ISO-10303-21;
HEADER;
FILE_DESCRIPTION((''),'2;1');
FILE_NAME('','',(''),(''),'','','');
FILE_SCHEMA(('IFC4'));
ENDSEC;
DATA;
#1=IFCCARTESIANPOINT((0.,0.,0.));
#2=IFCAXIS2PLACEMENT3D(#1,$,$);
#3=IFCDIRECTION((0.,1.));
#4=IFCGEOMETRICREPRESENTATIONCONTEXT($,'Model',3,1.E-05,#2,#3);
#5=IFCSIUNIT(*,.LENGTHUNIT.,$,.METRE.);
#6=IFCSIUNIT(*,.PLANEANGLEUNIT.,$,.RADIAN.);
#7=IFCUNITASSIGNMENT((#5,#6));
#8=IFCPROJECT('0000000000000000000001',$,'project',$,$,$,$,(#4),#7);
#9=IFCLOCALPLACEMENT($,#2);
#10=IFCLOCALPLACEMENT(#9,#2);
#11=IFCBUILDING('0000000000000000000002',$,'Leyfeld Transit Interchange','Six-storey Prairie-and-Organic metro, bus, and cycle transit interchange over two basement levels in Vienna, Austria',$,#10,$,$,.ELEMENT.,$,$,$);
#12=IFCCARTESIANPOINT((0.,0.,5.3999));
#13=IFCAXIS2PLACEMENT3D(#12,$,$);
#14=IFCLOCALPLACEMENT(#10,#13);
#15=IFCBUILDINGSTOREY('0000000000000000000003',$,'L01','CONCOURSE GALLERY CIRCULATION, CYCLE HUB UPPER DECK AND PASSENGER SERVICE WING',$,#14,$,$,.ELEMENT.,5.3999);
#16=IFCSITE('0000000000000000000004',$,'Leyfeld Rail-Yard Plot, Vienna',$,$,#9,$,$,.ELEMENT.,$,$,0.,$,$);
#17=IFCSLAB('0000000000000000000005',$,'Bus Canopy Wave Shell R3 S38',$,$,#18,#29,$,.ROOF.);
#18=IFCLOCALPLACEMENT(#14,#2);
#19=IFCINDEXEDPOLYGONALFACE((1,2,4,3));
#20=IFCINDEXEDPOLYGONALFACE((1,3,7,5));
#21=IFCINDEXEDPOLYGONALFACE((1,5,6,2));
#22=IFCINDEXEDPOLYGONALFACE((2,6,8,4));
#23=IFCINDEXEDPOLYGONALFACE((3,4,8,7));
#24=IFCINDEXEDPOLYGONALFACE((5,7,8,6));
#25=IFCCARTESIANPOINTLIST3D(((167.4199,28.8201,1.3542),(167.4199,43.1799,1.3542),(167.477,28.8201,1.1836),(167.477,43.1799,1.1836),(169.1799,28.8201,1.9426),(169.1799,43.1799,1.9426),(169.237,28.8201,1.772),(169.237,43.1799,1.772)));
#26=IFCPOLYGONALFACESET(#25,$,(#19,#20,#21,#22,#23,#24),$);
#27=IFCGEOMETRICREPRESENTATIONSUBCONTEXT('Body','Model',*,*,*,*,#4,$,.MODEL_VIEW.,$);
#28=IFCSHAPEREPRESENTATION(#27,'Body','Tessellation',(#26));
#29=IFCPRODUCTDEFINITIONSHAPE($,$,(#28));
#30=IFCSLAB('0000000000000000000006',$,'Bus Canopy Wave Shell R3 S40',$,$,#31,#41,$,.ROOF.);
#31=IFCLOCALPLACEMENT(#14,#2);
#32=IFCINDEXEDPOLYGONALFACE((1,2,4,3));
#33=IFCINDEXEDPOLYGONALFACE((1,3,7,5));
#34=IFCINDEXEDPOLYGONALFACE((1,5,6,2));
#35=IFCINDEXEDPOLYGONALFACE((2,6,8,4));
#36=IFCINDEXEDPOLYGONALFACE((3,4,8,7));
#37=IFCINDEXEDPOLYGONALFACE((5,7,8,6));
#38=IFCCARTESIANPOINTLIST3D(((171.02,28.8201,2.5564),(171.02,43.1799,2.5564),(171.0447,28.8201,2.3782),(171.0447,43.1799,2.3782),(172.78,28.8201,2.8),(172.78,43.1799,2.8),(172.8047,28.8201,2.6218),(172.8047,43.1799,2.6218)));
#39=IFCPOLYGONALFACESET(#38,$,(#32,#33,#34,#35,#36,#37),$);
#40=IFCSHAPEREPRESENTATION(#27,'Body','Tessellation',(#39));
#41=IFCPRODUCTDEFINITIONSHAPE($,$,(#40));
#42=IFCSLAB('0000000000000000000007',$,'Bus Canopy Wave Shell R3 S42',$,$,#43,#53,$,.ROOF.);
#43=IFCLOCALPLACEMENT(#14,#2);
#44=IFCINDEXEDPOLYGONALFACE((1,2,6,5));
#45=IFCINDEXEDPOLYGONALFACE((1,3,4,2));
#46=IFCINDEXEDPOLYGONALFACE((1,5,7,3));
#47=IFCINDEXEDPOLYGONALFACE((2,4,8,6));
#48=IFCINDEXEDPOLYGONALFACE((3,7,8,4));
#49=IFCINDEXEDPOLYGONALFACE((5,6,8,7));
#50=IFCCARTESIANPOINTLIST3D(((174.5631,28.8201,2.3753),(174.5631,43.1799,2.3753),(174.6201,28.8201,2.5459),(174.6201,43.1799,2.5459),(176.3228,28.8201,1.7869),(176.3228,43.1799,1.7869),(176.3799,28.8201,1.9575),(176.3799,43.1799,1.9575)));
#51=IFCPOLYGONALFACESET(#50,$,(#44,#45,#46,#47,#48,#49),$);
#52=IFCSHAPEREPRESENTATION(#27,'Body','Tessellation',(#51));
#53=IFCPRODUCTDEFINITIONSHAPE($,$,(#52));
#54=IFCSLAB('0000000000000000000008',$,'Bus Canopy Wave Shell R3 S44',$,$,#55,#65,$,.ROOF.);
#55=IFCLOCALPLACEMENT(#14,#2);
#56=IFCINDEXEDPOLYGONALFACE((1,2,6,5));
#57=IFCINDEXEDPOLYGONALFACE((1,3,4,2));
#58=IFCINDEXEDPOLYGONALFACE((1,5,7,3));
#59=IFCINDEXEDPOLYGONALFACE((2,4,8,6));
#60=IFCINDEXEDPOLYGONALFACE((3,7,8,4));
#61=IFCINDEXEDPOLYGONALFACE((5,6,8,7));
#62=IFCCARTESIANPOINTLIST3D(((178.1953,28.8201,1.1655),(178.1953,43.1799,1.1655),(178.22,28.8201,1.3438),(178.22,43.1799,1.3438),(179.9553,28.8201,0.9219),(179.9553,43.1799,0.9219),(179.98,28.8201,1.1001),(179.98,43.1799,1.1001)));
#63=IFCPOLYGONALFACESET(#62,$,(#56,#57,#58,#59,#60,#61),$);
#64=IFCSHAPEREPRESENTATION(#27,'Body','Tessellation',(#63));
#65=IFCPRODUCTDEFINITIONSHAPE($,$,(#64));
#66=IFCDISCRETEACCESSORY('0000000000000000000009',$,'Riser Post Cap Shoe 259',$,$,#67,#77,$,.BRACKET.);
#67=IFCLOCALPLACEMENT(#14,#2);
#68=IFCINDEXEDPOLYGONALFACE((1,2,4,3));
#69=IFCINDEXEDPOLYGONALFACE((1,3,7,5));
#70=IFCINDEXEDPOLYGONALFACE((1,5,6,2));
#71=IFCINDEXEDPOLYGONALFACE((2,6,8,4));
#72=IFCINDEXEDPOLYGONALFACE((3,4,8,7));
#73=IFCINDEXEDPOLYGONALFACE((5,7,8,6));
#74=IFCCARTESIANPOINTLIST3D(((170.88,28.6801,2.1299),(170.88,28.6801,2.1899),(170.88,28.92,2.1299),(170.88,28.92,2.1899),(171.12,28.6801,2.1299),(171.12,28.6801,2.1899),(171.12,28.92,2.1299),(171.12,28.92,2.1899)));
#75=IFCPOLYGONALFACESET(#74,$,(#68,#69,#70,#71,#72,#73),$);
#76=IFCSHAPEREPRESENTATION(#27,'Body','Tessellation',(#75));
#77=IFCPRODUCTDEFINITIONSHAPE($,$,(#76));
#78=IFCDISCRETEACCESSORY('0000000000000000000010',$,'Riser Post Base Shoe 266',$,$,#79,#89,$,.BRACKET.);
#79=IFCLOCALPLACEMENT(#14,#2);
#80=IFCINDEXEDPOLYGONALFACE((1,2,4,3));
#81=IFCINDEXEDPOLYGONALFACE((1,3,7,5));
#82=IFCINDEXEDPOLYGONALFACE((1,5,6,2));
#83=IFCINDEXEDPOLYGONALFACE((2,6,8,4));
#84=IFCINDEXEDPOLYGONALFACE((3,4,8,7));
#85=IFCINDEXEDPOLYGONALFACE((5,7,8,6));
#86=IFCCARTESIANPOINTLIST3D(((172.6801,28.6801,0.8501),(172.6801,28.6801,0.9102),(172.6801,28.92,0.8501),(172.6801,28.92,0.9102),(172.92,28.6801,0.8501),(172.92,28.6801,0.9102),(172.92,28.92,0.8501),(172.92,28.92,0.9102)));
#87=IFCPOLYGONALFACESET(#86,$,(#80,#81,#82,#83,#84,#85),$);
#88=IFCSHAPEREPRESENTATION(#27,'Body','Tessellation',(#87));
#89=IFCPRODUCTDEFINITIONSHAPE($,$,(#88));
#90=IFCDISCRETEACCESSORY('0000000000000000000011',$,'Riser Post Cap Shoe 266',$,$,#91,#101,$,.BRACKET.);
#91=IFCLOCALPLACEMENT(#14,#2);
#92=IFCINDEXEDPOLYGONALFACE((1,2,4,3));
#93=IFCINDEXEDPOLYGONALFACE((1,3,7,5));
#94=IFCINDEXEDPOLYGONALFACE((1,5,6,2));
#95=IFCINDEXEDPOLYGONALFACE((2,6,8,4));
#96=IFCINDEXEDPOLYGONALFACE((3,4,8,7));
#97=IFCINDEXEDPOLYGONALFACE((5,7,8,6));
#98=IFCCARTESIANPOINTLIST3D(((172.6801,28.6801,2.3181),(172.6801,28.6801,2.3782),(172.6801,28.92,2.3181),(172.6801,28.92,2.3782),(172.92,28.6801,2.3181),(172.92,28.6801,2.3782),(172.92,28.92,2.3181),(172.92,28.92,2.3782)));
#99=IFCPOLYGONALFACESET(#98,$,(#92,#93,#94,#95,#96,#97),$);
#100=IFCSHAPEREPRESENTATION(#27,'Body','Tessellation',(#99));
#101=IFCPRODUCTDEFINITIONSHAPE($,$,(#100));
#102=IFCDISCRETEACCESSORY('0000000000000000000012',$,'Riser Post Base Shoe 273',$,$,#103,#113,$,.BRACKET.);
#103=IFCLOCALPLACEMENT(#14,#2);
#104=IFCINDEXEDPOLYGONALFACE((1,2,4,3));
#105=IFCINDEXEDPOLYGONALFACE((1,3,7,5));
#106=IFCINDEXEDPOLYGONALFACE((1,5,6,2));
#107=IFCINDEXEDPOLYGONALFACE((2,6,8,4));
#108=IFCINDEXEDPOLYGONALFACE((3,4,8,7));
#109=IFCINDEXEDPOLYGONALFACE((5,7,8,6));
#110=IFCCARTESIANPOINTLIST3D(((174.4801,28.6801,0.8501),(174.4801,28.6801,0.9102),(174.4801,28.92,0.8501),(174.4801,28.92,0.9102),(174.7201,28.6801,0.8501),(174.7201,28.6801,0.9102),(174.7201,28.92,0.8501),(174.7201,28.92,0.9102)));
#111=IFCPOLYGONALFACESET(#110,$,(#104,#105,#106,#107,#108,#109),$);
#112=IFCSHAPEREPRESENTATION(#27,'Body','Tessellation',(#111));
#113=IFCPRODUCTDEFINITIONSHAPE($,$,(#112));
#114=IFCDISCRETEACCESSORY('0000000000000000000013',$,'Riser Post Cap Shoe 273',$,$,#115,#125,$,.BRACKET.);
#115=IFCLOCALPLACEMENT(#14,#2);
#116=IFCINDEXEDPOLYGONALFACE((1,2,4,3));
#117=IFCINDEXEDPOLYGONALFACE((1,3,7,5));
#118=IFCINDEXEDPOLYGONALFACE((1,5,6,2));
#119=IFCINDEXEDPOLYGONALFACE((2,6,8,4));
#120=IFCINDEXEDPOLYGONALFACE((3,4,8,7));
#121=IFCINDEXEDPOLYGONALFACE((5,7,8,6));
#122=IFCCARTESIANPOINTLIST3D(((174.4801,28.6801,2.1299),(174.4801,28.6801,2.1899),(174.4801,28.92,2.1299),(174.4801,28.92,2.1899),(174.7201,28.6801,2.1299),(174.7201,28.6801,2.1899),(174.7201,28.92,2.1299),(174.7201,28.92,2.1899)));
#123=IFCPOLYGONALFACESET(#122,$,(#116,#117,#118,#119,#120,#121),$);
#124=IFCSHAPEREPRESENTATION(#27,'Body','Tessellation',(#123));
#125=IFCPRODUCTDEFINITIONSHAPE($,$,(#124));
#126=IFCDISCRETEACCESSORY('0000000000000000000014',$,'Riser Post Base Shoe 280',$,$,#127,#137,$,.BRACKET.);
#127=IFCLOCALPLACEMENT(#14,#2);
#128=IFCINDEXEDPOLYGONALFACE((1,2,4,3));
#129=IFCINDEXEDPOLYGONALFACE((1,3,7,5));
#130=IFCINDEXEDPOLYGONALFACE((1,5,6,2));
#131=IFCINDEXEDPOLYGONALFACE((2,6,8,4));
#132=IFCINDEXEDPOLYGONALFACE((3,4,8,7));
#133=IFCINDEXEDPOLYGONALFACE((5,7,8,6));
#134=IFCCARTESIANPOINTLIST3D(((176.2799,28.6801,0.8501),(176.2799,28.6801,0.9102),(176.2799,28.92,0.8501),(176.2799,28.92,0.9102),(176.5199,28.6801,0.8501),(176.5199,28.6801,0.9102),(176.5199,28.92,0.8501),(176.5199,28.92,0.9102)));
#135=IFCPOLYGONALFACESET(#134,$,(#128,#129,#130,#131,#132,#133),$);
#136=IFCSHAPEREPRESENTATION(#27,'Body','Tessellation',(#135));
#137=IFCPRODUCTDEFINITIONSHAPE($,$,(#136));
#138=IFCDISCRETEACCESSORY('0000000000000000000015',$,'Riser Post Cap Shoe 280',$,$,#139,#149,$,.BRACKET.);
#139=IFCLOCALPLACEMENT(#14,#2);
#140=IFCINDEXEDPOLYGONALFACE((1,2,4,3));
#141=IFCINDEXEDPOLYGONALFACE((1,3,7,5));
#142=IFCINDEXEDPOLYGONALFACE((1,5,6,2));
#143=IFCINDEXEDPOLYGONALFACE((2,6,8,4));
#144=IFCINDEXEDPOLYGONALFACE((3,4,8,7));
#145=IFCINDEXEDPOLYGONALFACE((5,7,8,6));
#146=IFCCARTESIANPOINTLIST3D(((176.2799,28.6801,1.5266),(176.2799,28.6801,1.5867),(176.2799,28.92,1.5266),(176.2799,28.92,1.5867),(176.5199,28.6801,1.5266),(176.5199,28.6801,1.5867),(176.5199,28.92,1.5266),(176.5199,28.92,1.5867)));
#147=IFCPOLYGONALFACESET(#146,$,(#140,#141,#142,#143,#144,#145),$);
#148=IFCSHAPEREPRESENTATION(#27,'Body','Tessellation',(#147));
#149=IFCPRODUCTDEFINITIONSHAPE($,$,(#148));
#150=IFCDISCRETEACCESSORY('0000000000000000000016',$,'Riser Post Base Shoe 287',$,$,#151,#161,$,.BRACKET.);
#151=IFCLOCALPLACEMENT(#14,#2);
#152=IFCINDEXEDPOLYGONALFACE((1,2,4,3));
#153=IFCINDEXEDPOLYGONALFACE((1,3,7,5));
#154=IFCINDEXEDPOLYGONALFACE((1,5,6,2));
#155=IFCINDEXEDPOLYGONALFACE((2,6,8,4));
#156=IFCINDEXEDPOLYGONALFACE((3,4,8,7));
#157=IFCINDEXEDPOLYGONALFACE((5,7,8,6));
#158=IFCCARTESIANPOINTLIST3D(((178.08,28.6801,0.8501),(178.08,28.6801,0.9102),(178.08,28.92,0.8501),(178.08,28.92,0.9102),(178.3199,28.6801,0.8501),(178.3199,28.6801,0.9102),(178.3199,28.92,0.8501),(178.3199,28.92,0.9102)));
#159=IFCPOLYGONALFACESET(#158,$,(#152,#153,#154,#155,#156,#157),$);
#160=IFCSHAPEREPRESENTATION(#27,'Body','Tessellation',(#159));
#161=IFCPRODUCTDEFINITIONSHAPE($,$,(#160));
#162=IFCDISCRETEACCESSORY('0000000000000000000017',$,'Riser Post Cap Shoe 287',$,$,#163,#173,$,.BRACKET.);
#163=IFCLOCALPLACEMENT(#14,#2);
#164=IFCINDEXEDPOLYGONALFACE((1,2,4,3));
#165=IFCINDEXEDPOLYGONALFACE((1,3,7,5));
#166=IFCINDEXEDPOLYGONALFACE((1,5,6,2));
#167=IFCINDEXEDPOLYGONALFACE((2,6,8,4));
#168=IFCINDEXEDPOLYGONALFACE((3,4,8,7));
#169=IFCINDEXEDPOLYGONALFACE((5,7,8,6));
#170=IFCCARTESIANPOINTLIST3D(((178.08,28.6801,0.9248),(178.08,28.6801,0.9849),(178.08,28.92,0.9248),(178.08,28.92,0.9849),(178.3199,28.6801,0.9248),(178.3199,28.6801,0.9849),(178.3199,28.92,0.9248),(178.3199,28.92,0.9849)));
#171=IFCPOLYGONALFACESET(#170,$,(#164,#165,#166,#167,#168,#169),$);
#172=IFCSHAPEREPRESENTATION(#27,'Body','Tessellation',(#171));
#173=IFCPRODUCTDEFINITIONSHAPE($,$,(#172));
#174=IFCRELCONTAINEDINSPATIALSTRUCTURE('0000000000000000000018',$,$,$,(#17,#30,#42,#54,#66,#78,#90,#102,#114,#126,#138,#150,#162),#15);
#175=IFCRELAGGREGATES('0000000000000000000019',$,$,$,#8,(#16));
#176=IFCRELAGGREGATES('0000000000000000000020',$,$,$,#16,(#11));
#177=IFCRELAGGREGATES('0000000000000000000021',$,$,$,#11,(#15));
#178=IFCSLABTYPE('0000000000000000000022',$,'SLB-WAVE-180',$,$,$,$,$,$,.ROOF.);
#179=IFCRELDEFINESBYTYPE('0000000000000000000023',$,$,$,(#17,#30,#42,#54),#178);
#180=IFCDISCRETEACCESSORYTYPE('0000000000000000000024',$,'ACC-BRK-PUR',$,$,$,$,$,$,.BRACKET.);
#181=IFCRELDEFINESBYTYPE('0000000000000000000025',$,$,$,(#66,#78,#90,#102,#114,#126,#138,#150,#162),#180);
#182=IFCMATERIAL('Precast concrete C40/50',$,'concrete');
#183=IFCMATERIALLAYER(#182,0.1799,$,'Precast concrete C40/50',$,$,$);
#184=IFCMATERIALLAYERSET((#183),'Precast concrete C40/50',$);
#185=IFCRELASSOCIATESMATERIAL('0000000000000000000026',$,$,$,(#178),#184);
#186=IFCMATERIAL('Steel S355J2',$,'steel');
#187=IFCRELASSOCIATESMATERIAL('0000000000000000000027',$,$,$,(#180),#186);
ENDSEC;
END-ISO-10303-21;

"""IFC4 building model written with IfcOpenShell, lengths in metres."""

from ifc_helpers import new_model, si_unit, direction, frame, origin, origin_2d, place, context, subcontext, project, spatial, polyline, rectangle, outline, extrude, material, layer, layer_set, type_object, element, save


model = new_model("IFC4")

# Units and contexts
model_context = context("Model", 3, precision=1e-05, world=origin(), true_north=direction((0.0, 1.0)))
body_context = subcontext(model_context, "Body", "Model", "MODEL_VIEW")
ifc_project = project(units=[si_unit("LENGTHUNIT", "METRE"), si_unit("PLANEANGLEUNIT", "RADIAN")], contexts=[model_context])

# Site, building, storey
site_placement = place(None, origin())
site = spatial("IfcSite", under=ifc_project, at=site_placement, Name="Leyfeld Rail-Yard Plot, Vienna", CompositionType="ELEMENT", RefElevation=0.0)
building_placement = place(site_placement, origin())
building = spatial("IfcBuilding", under=site, at=building_placement, Name="Leyfeld Transit Interchange", Description="Six-storey Prairie-and-Organic metro, bus, and cycle transit interchange over two basement levels in Vienna, Austria", CompositionType="ELEMENT")
storey_placement = place(building_placement, frame((0.0, 0.0, 5.3999)))
storey = spatial("IfcBuildingStorey", under=building, at=storey_placement, Name="L01", Description="CONCOURSE GALLERY CIRCULATION, CYCLE HUB UPPER DECK AND PASSENGER SERVICE WING", CompositionType="ELEMENT", Elevation=5.3999)

# Shared definitions
ifc_material_1 = material(Name="Steel S355J2", Category="steel")

# Slabs
ifc_material_2 = material(Name="Precast concrete C40/50", Category="concrete")
ifc_layer = layer(ifc_material_2, 0.1799, Name="Precast concrete C40/50")
ifc_layer_set = layer_set([ifc_layer], Name="Precast concrete C40/50")
slab_type = type_object("IfcSlabType", Name="SLB-WAVE-180", PredefinedType="ROOF", material=ifc_layer_set)
slab_1_placement = place(storey_placement, frame((167.4199, 28.8201, 1.3542), z_axis=(-0.317056, 0.0, 0.948407), x_axis=(0.948407, 0.0, 0.317056)))
element("IfcSlab", 1, at=slab_1_placement, inside=storey, type_object=slab_type, Name="Bus Canopy Wave Shell R3 S38", PredefinedType="ROOF", context=body_context, shape_type="SweptSolid", body=[
    extrude(outline(polyline([(0.0, 0.0), (1.8558, 0.0), (1.8558, 14.3599), (0.0, 14.3599), (0.0, 0.0)])), origin(), (0.0, 0.0, -1.0), 0.1799),
])
slab_2_placement = place(storey_placement, frame((171.02, 28.8201, 2.5564), z_axis=(-0.13713, 0.0, 0.990553), x_axis=(0.990553, 0.0, 0.13713)))
element("IfcSlab", 2, at=slab_2_placement, inside=storey, type_object=slab_type, Name="Bus Canopy Wave Shell R3 S40", PredefinedType="ROOF", context=body_context, shape_type="SweptSolid", body=[
    extrude(outline(polyline([(0.0, 0.0), (1.7768, 0.0), (1.7768, 14.3599), (0.0, 14.3599), (0.0, 0.0)])), origin(), (0.0, 0.0, -1.0), 0.1799),
])
slab_3_placement = place(storey_placement, frame((174.6201, 28.8201, 2.5459), z_axis=(0.317096, 0.0, 0.948393), x_axis=(0.948393, 0.0, -0.317096)))
element("IfcSlab", 3, at=slab_3_placement, inside=storey, type_object=slab_type, Name="Bus Canopy Wave Shell R3 S42", PredefinedType="ROOF", context=body_context, shape_type="SweptSolid", body=[
    extrude(outline(polyline([(0.0, 0.0), (1.8555, 0.0), (1.8555, 14.3599), (0.0, 14.3599), (0.0, 0.0)])), origin(), (0.0, 0.0, -1.0), 0.1799),
])
slab_4_placement = place(storey_placement, frame((178.22, 28.8201, 1.3438), z_axis=(0.13713, 0.0, 0.990553), x_axis=(0.990553, 0.0, -0.13713)))
element("IfcSlab", 4, at=slab_4_placement, inside=storey, type_object=slab_type, Name="Bus Canopy Wave Shell R3 S44", PredefinedType="ROOF", context=body_context, shape_type="SweptSolid", body=[
    extrude(outline(polyline([(0.0, 0.0), (1.7768, 0.0), (1.7768, 14.3599), (0.0, 14.3599), (0.0, 0.0)])), origin(), (0.0, 0.0, -1.0), 0.1799),
])

# Discrete accessories
discrete_accessory_type = type_object("IfcDiscreteAccessoryType", Name="ACC-BRK-PUR", PredefinedType="BRACKET", material=ifc_material_1)
for number, where, z_axis, x_axis, name in (
    (5, (171.0, 28.8, 2.1299), (0.0, 0.0, 1.0), (1.0, 0.0, 0.0), "Riser Post Cap Shoe 259"),
    (6, (172.8, 28.8, 0.8501), (0.0, 0.0, 1.0), (1.0, 0.0, 0.0), "Riser Post Base Shoe 266"),
    (7, (172.8, 28.8, 2.3181), (0.0, 0.0, 1.0), (1.0, 0.0, 0.0), "Riser Post Cap Shoe 266"),
    (8, (174.6001, 28.8, 0.8501), (0.0, 0.0, 1.0), (1.0, 0.0, 0.0), "Riser Post Base Shoe 273"),
    (9, (174.6001, 28.8, 2.1299), (0.0, 0.0, 1.0), (1.0, 0.0, 0.0), "Riser Post Cap Shoe 273"),
    (10, (176.3999, 28.8, 0.8501), (0.0, 0.0, 1.0), (1.0, 0.0, 0.0), "Riser Post Base Shoe 280"),
    (11, (176.3999, 28.8, 1.5266), (0.0, 0.0, 1.0), (1.0, 0.0, 0.0), "Riser Post Cap Shoe 280"),
    (12, (178.2, 28.8, 0.8501), (0.0, 0.0, 1.0), (1.0, 0.0, 0.0), "Riser Post Base Shoe 287"),
    (13, (178.2, 28.8, 0.9248), (0.0, 0.0, 1.0), (1.0, 0.0, 0.0), "Riser Post Cap Shoe 287"),
):
    element("IfcDiscreteAccessory", number, at=place(storey_placement, frame(where, z_axis=z_axis, x_axis=x_axis)), inside=storey, type_object=discrete_accessory_type, Name=name, PredefinedType="BRACKET", context=body_context, shape_type="SweptSolid", body=[
        extrude(rectangle(XDim=0.24, YDim=0.24, at=origin_2d()), origin(), (0.0, 0.0, 1.0), 0.0601),
    ])

save(model, "model.ifc")
